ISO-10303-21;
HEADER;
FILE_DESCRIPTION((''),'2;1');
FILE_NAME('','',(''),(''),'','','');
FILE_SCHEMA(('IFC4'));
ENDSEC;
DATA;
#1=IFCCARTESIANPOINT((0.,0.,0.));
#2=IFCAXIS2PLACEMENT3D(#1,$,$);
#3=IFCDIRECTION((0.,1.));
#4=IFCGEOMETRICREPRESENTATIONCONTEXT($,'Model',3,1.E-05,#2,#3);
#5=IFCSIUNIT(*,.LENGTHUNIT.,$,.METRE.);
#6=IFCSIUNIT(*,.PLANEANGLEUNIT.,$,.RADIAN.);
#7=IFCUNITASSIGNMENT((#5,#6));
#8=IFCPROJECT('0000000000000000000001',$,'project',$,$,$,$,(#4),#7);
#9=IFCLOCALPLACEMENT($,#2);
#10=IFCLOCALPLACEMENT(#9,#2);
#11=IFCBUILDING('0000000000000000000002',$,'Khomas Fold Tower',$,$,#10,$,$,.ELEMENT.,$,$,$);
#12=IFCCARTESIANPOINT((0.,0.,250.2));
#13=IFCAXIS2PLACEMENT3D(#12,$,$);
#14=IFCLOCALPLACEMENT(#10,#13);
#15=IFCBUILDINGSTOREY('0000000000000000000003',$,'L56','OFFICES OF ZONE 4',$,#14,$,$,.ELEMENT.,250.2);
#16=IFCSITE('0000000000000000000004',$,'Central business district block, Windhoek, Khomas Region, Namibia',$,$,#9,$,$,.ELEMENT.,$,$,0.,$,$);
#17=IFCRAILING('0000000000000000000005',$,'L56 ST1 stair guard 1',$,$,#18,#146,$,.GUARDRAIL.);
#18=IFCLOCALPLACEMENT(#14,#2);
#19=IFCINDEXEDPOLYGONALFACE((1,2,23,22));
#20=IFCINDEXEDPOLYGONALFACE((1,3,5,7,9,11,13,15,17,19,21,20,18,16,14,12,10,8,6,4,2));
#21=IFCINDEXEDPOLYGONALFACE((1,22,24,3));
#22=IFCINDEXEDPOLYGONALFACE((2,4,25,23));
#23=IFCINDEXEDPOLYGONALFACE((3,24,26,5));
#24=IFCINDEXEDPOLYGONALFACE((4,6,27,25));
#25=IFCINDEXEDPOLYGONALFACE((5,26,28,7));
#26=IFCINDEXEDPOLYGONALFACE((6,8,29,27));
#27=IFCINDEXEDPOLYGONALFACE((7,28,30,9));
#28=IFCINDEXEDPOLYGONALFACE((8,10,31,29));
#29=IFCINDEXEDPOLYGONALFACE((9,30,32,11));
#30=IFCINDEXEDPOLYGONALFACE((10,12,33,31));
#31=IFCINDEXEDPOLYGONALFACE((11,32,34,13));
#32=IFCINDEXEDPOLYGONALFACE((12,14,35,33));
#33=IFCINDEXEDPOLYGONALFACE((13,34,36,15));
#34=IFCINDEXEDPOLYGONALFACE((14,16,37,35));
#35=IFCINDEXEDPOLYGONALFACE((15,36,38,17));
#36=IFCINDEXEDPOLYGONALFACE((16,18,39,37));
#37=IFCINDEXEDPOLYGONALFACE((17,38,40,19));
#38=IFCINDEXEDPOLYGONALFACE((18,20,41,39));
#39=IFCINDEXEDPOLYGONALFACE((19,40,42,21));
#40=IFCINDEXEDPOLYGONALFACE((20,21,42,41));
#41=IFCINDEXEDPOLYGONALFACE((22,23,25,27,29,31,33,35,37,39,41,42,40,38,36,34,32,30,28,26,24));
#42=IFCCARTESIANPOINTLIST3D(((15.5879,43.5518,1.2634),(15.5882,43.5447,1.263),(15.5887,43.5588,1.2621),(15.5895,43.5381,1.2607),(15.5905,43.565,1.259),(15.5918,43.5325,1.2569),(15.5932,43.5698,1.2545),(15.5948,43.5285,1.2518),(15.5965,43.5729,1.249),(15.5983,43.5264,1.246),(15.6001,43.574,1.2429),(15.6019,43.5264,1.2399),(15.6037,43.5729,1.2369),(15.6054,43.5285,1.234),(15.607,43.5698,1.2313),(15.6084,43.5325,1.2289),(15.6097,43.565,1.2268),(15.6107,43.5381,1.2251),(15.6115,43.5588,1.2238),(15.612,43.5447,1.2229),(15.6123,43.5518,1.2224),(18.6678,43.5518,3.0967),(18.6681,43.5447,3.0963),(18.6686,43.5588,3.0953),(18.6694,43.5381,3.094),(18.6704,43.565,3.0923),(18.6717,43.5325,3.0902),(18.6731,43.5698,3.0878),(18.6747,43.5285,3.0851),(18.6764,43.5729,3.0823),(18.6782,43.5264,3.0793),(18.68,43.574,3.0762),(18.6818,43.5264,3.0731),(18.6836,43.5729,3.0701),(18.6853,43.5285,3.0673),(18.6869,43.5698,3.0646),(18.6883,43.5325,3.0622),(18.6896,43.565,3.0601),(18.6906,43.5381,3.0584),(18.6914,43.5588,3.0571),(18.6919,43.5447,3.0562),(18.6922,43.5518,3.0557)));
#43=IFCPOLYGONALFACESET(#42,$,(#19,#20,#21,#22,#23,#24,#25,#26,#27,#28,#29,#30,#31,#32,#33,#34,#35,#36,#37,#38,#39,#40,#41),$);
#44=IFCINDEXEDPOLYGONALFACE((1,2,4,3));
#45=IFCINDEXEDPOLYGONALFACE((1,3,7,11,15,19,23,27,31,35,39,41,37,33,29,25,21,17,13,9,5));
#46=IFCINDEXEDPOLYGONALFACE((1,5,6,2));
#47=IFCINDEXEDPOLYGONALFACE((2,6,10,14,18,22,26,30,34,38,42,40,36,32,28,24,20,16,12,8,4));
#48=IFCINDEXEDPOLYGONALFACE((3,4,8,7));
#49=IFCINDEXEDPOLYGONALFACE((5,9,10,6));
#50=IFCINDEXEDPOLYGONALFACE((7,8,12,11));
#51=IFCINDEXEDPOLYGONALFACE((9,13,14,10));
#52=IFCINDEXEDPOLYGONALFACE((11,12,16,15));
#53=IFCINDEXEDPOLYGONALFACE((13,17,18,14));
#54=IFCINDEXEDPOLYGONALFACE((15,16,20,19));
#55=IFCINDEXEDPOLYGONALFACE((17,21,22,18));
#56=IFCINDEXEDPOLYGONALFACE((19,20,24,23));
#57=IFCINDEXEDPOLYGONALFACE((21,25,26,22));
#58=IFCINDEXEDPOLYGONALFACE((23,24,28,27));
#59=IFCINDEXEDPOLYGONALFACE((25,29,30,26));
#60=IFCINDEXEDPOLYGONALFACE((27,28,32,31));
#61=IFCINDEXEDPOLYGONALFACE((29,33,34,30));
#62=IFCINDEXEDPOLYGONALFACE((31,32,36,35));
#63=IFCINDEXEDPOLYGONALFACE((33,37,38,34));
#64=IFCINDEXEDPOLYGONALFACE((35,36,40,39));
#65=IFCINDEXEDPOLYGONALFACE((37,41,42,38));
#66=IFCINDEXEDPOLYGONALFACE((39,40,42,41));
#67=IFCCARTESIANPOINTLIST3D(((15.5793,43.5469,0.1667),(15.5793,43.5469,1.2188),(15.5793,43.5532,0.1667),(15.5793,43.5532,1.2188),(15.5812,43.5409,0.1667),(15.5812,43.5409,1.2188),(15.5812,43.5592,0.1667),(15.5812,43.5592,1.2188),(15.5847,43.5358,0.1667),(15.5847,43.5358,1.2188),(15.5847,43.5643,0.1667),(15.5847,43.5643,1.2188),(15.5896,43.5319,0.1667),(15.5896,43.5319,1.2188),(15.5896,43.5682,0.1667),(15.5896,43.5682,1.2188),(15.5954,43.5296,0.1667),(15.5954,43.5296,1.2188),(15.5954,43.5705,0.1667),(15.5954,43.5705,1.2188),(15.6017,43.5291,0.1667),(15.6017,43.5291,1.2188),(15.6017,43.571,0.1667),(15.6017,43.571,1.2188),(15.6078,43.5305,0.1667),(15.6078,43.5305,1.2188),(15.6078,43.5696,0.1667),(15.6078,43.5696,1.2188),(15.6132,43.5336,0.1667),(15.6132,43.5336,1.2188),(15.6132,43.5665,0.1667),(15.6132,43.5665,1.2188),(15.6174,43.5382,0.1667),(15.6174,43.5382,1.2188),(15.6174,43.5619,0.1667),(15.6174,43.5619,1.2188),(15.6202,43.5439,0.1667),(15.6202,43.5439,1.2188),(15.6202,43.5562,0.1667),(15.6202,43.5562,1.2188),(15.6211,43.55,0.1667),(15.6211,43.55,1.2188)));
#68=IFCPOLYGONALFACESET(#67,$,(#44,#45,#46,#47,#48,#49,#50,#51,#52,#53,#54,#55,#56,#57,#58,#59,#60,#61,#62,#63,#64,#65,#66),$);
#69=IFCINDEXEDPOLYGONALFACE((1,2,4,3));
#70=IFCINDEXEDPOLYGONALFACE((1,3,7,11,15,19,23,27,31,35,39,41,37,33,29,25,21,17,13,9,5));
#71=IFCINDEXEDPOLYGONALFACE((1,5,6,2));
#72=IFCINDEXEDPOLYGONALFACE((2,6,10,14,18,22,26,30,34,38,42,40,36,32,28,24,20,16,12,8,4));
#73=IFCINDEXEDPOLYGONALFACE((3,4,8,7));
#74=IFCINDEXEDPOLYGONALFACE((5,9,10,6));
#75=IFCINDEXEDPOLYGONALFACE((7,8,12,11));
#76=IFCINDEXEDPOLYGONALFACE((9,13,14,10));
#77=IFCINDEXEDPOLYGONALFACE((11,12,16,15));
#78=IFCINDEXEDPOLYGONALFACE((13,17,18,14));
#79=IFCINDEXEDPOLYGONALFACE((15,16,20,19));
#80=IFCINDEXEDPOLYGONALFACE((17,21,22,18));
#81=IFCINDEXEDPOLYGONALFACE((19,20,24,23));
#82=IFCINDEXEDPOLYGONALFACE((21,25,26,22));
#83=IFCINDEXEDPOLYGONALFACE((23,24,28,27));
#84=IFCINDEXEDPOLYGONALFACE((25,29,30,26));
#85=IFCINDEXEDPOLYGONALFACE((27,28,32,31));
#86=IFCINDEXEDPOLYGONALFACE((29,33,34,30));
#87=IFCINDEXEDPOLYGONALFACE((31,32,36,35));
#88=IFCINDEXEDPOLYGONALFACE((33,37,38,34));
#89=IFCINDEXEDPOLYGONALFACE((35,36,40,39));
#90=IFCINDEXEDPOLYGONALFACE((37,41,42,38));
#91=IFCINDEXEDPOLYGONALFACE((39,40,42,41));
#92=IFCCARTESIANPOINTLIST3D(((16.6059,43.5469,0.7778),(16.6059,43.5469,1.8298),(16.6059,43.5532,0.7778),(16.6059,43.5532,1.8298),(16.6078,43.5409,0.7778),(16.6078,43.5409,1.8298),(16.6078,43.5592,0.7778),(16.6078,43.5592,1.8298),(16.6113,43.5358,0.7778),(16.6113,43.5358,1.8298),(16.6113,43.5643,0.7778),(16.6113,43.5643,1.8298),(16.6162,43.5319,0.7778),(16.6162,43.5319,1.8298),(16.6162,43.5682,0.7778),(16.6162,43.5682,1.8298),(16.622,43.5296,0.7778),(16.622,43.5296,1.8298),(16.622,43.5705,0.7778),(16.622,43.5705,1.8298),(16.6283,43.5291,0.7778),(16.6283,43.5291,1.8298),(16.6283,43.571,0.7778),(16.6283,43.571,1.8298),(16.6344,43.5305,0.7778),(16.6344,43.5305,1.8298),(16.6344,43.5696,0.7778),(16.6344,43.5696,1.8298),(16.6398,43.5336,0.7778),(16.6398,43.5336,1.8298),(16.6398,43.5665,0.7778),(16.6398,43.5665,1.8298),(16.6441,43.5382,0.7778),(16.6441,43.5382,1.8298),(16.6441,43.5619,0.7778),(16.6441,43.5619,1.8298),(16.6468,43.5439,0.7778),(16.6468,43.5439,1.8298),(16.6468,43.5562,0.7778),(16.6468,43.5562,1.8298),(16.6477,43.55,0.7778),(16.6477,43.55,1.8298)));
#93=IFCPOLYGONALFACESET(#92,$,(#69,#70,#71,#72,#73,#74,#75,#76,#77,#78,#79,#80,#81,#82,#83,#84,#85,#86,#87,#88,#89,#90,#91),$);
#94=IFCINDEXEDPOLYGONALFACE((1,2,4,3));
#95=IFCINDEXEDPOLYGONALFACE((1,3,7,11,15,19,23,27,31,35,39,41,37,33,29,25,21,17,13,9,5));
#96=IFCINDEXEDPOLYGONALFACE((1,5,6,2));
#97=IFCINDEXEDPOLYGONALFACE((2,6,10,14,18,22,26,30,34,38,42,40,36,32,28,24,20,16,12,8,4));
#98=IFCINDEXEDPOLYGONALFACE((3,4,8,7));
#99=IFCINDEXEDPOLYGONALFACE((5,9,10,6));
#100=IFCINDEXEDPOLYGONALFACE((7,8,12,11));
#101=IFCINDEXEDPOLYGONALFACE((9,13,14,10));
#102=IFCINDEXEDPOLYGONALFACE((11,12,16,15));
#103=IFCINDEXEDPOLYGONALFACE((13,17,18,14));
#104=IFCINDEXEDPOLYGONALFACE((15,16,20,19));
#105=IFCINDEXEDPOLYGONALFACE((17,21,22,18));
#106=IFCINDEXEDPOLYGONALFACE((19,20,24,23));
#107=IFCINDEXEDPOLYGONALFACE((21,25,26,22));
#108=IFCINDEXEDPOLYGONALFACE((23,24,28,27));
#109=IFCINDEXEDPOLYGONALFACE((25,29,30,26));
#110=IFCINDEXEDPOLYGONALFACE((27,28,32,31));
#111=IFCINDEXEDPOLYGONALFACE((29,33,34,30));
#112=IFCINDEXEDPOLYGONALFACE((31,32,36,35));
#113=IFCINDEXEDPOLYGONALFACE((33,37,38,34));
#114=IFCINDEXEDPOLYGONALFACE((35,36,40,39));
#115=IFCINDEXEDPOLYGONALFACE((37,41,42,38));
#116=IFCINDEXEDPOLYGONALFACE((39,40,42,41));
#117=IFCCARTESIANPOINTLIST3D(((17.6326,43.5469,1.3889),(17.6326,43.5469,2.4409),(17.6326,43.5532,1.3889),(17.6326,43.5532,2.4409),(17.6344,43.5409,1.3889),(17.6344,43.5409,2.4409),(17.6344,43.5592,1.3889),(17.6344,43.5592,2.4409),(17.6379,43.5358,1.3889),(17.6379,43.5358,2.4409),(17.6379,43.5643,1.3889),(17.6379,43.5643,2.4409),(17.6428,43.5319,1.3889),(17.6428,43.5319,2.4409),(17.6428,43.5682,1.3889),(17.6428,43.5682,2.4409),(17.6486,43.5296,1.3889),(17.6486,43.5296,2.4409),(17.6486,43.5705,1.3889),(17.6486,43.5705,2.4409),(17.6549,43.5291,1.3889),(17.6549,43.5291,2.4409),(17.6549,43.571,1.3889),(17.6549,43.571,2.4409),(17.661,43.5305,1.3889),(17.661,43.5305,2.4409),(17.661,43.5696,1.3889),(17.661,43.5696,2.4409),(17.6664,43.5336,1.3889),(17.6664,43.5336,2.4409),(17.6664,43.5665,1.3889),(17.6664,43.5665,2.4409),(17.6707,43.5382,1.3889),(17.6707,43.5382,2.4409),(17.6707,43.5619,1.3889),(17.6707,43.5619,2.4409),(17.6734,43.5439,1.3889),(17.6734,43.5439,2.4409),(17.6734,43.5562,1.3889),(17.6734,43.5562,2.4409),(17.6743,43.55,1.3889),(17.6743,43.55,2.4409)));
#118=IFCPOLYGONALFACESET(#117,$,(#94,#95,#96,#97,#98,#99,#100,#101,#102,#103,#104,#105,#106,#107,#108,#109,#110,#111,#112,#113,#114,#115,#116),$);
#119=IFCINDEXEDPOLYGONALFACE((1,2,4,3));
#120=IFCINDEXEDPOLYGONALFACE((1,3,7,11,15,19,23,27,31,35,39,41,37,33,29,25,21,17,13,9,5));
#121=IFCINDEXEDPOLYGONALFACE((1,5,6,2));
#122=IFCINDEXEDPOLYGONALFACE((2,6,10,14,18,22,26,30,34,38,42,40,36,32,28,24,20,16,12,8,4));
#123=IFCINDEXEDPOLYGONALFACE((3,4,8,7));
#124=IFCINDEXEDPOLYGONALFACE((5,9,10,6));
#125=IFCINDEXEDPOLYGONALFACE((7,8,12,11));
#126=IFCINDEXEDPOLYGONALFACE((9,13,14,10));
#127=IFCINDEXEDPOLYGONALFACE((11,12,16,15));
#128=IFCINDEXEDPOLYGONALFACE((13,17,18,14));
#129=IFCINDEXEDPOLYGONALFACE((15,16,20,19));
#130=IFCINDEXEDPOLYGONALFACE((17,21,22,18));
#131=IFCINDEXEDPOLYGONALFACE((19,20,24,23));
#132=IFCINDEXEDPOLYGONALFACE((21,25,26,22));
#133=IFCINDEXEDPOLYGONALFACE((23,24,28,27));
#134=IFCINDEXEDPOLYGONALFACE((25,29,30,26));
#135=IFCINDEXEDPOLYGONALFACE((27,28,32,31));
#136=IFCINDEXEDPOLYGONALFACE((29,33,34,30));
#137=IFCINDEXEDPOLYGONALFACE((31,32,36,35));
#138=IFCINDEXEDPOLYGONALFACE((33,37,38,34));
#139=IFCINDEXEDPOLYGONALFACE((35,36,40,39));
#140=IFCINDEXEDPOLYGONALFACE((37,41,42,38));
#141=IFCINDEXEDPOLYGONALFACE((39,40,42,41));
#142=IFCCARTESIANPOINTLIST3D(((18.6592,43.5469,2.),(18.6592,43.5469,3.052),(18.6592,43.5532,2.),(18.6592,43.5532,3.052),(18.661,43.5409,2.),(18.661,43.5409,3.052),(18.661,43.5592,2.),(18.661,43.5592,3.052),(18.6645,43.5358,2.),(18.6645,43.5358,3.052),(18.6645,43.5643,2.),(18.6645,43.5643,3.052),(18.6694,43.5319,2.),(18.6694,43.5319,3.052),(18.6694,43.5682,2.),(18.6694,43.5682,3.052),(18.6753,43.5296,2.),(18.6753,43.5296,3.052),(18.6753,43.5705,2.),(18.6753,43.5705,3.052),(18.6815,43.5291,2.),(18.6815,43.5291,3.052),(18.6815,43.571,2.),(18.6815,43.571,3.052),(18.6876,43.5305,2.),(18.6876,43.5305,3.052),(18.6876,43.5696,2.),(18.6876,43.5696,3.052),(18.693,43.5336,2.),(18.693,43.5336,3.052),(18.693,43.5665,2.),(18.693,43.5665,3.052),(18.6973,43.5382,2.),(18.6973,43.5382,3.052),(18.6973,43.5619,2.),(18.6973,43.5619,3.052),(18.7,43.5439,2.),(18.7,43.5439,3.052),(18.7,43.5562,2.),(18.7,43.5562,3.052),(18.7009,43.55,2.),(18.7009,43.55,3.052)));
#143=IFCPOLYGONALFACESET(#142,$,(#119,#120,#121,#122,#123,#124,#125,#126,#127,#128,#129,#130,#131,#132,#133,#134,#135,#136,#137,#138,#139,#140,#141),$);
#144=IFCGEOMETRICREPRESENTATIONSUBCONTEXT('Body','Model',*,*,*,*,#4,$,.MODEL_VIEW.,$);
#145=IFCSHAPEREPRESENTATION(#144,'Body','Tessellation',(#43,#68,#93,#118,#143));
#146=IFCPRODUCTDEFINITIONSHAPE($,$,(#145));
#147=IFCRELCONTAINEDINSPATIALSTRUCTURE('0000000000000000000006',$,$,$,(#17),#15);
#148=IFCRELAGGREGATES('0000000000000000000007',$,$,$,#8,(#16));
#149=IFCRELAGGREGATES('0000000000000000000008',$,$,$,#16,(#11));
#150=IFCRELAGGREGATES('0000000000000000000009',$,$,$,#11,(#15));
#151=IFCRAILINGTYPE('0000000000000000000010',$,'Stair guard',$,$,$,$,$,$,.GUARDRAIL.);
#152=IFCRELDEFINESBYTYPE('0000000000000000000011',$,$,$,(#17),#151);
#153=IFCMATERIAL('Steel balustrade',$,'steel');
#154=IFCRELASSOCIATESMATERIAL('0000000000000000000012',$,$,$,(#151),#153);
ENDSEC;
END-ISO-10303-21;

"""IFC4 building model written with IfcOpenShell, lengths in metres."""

from ifc_helpers import new_model, si_unit, direction, frame, origin, origin_2d, place, context, subcontext, project, spatial, circle, extrude, source, transform, mapped, material, type_object, element, save


model = new_model("IFC4")

# Units and contexts
model_context = context("Model", 3, precision=1e-05, world=origin(), true_north=direction((0.0, 1.0)))
body_context = subcontext(model_context, "Body", "Model", "MODEL_VIEW")
ifc_project = project(units=[si_unit("LENGTHUNIT", "METRE"), si_unit("PLANEANGLEUNIT", "RADIAN")], contexts=[model_context])

# Site, building, storey
site_placement = place(None, origin())
site = spatial("IfcSite", under=ifc_project, at=site_placement, Name="Central business district block, Windhoek, Khomas Region, Namibia", CompositionType="ELEMENT", RefElevation=0.0)
building_placement = place(site_placement, origin())
building = spatial("IfcBuilding", under=site, at=building_placement, Name="Khomas Fold Tower", CompositionType="ELEMENT")
storey_placement = place(building_placement, frame((0.0, 0.0, 250.2)))
storey = spatial("IfcBuildingStorey", under=building, at=storey_placement, Name="L56", Description="OFFICES OF ZONE 4", CompositionType="ELEMENT", Elevation=250.2)

# Railing
ifc_material_1 = material(Name="Steel balustrade", Category="steel")
railing_type_1 = type_object("IfcRailingType", Name="Stair guard", PredefinedType="GUARDRAIL", material=ifc_material_1)
shared_shape_1 = source(origin(), body_context, "Body", "SweptSolid", [
    extrude(circle(Radius=0.0239, at=origin_2d()), frame((0.0, 0.0, 1.0762), z_axis=(0.859291, 0.0, 0.511487), x_axis=(0.0, 1.0, 0.0)), (0.0, 0.0, 1.0), 3.5842),
    extrude(circle(Radius=0.021, at=origin_2d()), origin(), (0.0, 0.0, 1.0), 1.052),
    extrude(circle(Radius=0.021, at=origin_2d()), frame((1.0266, 0.0, 0.6111)), (0.0, 0.0, 1.0), 1.052),
    extrude(circle(Radius=0.021, at=origin_2d()), frame((2.0532, 0.0, 1.2222)), (0.0, 0.0, 1.0), 1.052),
    extrude(circle(Radius=0.021, at=origin_2d()), frame((3.0798, 0.0, 1.8333)), (0.0, 0.0, 1.0), 1.052),
])
railing_1_placement = place(storey_placement, frame((15.6001, 43.55, 0.1667)))
element("IfcRailing", 1, at=railing_1_placement, inside=storey, type_object=railing_type_1, Name="L56 ST1 stair guard 1", PredefinedType="GUARDRAIL", context=body_context, shape_type="MappedRepresentation", body=[
    mapped(shared_shape_1, transform((0.0, 0.0, 0.0))),
])

save(model, "model.ifc")
